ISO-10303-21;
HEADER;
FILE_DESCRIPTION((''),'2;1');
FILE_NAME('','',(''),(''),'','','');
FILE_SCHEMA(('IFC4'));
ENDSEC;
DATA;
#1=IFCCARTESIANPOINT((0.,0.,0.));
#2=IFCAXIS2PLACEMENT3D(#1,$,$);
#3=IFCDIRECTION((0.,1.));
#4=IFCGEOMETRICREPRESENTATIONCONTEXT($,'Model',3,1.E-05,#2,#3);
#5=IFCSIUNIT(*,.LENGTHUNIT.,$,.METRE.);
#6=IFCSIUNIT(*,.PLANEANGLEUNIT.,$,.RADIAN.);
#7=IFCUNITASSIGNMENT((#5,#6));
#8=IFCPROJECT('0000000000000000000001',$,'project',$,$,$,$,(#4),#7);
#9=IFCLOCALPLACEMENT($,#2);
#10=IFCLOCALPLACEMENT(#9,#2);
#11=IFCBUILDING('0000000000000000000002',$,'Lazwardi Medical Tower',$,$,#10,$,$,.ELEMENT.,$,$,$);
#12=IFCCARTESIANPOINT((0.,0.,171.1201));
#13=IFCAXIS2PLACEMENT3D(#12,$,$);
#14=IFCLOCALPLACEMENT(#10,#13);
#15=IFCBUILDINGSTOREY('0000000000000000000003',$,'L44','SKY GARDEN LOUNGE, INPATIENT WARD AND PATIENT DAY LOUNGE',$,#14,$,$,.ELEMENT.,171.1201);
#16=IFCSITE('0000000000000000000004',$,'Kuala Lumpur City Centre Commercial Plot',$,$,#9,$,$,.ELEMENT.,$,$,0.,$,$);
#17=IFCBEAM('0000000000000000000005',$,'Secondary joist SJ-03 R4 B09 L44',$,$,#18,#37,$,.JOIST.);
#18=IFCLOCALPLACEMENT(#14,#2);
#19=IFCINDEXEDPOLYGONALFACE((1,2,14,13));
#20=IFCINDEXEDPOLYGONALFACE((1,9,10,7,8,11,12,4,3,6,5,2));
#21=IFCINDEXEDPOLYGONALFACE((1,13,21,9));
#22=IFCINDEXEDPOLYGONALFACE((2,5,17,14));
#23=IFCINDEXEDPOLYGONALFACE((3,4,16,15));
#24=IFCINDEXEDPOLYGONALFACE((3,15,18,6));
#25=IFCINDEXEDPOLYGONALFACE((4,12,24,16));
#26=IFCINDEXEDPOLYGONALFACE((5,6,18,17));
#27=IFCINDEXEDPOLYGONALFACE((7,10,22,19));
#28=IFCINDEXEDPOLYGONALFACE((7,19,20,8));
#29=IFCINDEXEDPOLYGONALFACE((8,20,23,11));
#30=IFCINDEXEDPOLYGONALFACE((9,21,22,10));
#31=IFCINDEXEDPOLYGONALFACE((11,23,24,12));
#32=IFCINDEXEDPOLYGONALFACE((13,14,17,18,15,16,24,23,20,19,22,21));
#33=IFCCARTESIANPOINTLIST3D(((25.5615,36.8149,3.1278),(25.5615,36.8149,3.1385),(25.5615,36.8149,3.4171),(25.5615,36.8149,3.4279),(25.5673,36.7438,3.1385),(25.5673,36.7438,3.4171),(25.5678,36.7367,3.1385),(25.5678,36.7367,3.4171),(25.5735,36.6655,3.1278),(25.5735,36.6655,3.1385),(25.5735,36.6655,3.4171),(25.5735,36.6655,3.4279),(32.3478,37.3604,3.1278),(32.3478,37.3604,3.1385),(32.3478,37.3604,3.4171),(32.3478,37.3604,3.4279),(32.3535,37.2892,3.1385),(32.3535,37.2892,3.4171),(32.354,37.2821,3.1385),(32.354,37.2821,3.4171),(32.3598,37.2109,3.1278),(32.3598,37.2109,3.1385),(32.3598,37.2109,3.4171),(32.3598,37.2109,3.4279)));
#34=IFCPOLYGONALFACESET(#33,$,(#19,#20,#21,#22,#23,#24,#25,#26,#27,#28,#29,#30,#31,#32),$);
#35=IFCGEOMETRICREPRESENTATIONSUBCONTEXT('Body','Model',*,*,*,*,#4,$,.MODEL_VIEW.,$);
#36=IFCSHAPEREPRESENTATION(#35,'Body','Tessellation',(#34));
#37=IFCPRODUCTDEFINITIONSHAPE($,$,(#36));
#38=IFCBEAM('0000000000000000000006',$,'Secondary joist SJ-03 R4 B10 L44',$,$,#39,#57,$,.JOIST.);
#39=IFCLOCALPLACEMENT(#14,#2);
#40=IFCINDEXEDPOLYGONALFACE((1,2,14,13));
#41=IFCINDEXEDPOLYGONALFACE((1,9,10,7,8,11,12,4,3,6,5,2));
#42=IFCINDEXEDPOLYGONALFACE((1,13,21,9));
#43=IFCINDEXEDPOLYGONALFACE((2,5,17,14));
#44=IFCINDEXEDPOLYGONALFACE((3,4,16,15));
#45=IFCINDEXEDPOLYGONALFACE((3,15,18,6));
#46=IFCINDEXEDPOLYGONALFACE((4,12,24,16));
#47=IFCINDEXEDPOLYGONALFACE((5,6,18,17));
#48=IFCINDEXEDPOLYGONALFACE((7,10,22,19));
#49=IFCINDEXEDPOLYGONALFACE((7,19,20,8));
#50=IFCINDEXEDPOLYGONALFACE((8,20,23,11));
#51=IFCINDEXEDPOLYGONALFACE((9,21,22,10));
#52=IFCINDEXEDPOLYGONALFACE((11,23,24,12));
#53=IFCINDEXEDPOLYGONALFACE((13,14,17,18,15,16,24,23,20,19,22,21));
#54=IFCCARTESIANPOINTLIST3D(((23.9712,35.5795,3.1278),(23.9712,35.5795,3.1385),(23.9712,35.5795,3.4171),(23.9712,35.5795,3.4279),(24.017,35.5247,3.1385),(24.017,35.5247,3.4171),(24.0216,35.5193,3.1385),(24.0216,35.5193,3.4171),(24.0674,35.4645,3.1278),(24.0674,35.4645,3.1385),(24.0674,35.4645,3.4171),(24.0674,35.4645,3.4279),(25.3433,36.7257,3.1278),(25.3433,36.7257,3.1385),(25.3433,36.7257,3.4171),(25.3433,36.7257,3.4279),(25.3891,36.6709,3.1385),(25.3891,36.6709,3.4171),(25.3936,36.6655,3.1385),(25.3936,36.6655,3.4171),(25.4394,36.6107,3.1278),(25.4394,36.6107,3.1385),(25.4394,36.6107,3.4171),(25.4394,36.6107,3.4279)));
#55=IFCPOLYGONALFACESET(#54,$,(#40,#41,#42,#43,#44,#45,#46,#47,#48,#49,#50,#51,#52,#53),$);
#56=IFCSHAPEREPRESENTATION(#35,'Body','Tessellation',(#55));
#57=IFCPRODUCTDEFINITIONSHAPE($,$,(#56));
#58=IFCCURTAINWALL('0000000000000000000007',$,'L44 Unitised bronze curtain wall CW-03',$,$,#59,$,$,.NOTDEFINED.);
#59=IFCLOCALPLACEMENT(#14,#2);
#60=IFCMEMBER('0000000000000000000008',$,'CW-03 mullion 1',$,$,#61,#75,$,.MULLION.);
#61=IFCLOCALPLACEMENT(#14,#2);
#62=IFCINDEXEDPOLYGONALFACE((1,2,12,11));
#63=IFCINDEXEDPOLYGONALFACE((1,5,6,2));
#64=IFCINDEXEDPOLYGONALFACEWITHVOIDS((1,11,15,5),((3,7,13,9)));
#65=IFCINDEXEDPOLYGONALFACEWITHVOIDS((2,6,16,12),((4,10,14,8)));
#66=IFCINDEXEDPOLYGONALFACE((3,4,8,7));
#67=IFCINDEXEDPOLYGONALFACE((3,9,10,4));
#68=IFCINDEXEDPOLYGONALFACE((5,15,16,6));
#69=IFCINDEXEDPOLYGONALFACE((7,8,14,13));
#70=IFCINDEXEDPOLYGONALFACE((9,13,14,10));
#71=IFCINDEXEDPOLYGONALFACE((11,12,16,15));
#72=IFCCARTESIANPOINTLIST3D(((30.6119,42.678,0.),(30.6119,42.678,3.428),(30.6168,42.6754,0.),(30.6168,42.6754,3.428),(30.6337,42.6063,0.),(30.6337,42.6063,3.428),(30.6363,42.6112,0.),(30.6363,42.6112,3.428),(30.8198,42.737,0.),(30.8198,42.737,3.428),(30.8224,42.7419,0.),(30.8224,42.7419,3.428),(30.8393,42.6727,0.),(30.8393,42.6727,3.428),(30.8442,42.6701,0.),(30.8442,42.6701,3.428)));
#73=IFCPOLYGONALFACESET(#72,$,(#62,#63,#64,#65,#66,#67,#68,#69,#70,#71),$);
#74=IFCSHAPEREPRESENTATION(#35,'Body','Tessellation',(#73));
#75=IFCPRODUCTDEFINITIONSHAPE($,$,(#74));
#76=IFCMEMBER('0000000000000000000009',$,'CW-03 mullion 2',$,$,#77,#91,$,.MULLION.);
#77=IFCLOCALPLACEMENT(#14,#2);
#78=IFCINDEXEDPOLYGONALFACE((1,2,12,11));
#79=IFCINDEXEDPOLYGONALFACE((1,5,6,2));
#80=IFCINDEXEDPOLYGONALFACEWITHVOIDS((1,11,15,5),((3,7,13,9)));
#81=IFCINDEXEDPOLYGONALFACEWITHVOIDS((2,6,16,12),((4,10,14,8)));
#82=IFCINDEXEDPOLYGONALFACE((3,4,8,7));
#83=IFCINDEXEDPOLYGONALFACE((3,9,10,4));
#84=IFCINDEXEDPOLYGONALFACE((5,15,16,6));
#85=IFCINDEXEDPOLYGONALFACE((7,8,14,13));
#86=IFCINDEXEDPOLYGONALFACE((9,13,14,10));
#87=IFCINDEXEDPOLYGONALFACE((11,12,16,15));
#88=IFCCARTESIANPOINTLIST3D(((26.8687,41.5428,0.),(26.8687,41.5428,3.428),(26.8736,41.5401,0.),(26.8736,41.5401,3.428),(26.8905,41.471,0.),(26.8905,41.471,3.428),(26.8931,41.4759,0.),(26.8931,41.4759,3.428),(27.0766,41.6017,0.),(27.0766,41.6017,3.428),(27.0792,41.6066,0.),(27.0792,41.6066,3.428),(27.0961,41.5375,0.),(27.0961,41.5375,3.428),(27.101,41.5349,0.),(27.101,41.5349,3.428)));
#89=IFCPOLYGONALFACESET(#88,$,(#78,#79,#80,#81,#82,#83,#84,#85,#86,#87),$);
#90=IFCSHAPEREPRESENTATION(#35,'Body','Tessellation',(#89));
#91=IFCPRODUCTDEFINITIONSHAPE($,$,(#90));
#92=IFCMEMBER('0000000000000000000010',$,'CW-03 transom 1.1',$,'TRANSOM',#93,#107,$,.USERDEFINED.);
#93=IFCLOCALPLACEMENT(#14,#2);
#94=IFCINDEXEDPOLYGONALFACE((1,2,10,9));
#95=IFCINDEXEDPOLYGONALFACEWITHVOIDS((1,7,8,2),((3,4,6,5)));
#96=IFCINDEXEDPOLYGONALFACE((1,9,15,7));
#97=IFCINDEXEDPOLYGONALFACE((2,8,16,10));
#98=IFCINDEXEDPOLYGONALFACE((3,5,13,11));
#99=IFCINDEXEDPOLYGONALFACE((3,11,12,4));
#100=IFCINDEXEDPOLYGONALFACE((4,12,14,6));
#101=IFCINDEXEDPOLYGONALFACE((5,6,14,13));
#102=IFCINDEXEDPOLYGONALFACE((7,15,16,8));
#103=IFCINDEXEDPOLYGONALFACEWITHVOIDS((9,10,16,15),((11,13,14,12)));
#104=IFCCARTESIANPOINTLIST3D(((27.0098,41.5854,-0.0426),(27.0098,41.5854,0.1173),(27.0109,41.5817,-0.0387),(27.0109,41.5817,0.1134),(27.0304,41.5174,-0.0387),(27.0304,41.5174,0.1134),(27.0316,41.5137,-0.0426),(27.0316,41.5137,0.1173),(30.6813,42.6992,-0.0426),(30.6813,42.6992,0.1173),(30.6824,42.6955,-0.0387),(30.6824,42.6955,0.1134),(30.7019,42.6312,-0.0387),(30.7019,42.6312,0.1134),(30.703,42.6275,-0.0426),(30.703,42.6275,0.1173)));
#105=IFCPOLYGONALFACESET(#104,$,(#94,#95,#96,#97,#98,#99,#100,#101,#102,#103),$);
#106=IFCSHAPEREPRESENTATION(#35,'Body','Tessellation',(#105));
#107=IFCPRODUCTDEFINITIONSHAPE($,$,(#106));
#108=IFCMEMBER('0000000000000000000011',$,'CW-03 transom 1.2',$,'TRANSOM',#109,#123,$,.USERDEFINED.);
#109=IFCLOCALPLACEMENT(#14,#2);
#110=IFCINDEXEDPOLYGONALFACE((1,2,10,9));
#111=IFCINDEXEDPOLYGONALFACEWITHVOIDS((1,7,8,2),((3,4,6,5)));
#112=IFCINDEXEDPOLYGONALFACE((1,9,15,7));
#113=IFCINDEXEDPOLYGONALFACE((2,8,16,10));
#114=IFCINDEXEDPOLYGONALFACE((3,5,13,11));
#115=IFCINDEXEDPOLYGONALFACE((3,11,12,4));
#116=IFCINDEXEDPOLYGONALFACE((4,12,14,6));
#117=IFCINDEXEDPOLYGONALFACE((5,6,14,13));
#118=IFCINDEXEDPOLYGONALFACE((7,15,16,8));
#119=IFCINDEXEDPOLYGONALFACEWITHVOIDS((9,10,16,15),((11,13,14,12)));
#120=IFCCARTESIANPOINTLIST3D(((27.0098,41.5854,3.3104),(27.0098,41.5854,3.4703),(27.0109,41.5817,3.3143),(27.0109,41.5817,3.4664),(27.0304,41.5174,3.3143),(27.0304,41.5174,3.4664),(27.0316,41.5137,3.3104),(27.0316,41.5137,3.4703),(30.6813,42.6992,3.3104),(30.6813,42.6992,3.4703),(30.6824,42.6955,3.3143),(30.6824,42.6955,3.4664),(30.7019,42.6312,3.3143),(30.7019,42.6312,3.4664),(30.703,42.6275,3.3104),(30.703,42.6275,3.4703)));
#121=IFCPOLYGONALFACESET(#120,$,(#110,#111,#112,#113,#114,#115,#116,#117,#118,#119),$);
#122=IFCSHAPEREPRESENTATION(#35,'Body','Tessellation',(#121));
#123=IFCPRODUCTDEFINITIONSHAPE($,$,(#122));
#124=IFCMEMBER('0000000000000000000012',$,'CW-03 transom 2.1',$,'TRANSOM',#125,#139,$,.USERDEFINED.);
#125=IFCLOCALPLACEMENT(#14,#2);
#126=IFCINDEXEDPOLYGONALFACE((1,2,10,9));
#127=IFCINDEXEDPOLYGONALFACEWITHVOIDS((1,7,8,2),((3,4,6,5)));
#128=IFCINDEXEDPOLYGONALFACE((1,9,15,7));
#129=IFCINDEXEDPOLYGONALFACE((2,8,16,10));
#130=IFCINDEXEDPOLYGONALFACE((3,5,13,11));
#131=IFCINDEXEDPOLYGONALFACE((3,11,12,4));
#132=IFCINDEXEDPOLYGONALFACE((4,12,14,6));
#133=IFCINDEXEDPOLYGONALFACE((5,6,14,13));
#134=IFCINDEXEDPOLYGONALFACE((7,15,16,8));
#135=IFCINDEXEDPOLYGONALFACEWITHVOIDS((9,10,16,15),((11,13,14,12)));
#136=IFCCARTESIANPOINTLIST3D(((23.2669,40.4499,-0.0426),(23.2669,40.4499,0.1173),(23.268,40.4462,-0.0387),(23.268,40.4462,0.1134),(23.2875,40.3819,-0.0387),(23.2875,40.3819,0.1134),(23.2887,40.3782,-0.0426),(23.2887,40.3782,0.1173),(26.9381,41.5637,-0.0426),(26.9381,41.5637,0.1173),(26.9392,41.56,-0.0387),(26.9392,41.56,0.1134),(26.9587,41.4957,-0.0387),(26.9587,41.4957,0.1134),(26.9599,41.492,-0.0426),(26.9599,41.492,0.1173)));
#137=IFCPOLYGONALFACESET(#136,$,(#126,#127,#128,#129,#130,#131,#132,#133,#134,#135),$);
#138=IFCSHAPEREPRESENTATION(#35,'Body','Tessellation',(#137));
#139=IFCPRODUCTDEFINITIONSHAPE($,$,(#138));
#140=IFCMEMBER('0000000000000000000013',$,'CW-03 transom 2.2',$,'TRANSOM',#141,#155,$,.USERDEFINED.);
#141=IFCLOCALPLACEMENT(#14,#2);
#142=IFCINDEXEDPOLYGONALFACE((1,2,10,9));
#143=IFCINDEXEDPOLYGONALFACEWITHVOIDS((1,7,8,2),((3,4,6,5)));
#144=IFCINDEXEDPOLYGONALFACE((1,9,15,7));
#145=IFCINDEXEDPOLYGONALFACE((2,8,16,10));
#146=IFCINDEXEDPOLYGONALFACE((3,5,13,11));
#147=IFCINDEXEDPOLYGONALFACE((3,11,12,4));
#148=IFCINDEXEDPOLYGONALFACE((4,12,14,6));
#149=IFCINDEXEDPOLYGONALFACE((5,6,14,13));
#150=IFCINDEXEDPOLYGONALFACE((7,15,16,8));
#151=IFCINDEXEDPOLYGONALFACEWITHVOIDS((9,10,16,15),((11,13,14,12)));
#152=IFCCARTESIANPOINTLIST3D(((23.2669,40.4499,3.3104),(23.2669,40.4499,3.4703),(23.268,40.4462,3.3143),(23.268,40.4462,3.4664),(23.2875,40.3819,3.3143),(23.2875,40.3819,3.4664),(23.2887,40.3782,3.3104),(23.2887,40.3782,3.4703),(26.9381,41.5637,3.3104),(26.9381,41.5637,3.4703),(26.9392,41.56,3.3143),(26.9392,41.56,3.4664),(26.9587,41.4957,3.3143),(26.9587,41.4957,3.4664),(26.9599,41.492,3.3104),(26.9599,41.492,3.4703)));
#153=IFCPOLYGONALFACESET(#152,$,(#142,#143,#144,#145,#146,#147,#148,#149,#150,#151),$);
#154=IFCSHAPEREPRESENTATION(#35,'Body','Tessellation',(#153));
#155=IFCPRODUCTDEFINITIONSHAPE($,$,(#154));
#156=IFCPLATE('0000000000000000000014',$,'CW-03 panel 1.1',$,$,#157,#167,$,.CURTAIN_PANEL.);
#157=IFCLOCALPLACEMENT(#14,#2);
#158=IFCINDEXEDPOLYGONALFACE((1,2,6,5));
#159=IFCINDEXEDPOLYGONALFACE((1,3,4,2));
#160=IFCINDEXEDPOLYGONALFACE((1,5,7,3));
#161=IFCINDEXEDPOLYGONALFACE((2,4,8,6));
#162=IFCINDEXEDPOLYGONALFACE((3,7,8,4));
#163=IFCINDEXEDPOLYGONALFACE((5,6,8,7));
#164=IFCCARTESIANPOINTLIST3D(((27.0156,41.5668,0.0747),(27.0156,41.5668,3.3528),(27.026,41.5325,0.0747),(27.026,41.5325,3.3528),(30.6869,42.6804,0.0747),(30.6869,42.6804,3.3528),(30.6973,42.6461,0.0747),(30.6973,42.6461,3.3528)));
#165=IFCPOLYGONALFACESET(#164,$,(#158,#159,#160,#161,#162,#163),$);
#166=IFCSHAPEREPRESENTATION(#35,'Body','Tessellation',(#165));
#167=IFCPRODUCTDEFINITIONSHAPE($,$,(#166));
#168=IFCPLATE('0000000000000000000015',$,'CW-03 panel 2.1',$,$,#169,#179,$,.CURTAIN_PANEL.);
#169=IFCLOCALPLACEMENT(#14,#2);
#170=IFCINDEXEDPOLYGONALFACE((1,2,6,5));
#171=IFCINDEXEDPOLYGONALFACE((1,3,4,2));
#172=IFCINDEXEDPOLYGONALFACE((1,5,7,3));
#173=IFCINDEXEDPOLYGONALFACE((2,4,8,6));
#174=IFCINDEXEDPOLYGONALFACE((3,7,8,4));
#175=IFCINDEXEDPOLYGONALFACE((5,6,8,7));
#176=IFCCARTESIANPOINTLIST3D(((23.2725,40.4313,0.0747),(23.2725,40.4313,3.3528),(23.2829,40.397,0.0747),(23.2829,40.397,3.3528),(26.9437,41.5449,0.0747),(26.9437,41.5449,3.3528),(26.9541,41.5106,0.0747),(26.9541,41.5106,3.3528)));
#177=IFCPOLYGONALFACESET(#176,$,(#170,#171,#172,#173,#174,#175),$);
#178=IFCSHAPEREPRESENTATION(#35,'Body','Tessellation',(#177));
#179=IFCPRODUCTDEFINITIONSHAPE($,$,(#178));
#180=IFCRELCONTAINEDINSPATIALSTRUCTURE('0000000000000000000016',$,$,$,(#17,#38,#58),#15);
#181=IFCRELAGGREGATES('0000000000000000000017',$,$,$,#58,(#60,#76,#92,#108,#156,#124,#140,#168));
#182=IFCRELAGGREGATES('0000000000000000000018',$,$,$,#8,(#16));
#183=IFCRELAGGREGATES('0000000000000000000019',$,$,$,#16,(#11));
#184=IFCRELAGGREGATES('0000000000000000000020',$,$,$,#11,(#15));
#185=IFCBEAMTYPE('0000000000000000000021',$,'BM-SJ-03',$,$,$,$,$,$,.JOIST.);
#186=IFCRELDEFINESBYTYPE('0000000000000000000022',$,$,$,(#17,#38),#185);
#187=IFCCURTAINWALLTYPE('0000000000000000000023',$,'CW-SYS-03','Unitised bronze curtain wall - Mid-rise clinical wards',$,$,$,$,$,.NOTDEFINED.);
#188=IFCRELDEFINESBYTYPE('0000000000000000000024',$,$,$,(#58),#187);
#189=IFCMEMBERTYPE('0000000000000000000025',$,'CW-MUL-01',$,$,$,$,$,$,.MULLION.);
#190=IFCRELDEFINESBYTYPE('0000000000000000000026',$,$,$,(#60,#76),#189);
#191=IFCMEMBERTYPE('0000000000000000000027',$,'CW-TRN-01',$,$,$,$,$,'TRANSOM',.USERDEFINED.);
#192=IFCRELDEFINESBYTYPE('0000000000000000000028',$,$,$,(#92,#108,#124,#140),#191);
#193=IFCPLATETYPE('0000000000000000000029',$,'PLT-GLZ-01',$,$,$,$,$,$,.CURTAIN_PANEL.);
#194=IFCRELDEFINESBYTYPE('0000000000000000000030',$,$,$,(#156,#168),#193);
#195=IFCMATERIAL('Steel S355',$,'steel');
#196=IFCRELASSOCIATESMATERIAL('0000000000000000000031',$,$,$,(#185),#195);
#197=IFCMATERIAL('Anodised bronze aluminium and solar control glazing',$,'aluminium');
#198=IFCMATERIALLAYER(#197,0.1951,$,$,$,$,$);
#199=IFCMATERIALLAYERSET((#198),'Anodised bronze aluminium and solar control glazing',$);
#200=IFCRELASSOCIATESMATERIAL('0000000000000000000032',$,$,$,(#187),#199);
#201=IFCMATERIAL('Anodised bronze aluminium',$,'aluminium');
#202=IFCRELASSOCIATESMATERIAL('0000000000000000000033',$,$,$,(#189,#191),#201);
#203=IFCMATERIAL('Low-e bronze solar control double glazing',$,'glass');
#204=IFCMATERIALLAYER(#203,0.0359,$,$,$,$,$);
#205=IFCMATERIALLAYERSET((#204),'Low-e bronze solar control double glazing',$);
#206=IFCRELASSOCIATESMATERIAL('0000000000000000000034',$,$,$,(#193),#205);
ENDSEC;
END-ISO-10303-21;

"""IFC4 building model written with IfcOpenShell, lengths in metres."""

from ifc_helpers import new_model, si_unit, direction, frame, origin, origin_2d, place, context, subcontext, project, spatial, rectangle, hollow_rectangle, i_section, extrude, material, layer, layer_set, material_profile, profile_set, type_object, element, aggregate, save


model = new_model("IFC4")

# Units and contexts
model_context = context("Model", 3, precision=1e-05, world=origin(), true_north=direction((0.0, 1.0)))
body_context = subcontext(model_context, "Body", "Model", "MODEL_VIEW")
ifc_project = project(units=[si_unit("LENGTHUNIT", "METRE"), si_unit("PLANEANGLEUNIT", "RADIAN")], contexts=[model_context])

# Site, building, storey
site_placement = place(None, origin())
site = spatial("IfcSite", under=ifc_project, at=site_placement, Name="Kuala Lumpur City Centre Commercial Plot", CompositionType="ELEMENT", RefElevation=0.0)
building_placement = place(site_placement, origin())
building = spatial("IfcBuilding", under=site, at=building_placement, Name="Lazwardi Medical Tower", CompositionType="ELEMENT")
storey_placement = place(building_placement, frame((0.0, 0.0, 171.1201)))
storey = spatial("IfcBuildingStorey", under=building, at=storey_placement, Name="L44", Description="SKY GARDEN LOUNGE, INPATIENT WARD AND PATIENT DAY LOUNGE", CompositionType="ELEMENT", Elevation=171.1201)

# Beams
ifc_material_1 = material(Name="Steel S355", Category="steel")
ifc_material_profile_1 = material_profile(ifc_material_1, i_section(OverallWidth=0.1499, OverallDepth=0.3, WebThickness=0.0071, FlangeThickness=0.0107, at=origin_2d()), Name="IPE 300")
ifc_profile_set_1 = profile_set([ifc_material_profile_1], Name="Steel S355")
beam_type_1 = type_object("IfcBeamType", Name="BM-SJ-03", PredefinedType="JOIST", material=ifc_profile_set_1)
beam_1_placement = place(storey_placement, frame((32.3538, 37.2856, 3.2778), z_axis=(-0.996786, -0.080113, 0.0), x_axis=(0.080113, -0.996786, 0.0)))
element("IfcBeam", 1, at=beam_1_placement, inside=storey, type_object=beam_type_1, Name="Secondary joist SJ-03 R4 B09 L44", PredefinedType="JOIST", context=body_context, shape_type="SweptSolid", body=[
    extrude(i_section(OverallWidth=0.1499, OverallDepth=0.3, WebThickness=0.0071, FlangeThickness=0.0107, at=origin_2d()), origin(), (0.0, 0.0, 1.0), 6.8081),
])
beam_2_placement = place(storey_placement, frame((25.3914, 36.6682, 3.2778), z_axis=(-0.767437, -0.641124, 0.0), x_axis=(0.641124, -0.767437, 0.0)))
element("IfcBeam", 2, at=beam_2_placement, inside=storey, type_object=beam_type_1, Name="Secondary joist SJ-03 R4 B10 L44", PredefinedType="JOIST", context=body_context, shape_type="SweptSolid", body=[
    extrude(i_section(OverallWidth=0.1499, OverallDepth=0.3, WebThickness=0.0071, FlangeThickness=0.0107, at=origin_2d()), origin(), (0.0, 0.0, 1.0), 1.7878),
])

# Curtain wall, members, plates
ifc_material_2 = material(Name="Anodised bronze aluminium and solar control glazing", Category="aluminium")
ifc_layer_1 = layer(ifc_material_2, 0.1951)
ifc_layer_set_1 = layer_set([ifc_layer_1], Name="Anodised bronze aluminium and solar control glazing")
curtain_wall_type = type_object("IfcCurtainWallType", Name="CW-SYS-03", Description="Unitised bronze curtain wall - Mid-rise clinical wards", PredefinedType="NOTDEFINED", material=ifc_layer_set_1)
curtain_wall_placement = place(storey_placement, origin())
curtain_wall = element("IfcCurtainWall", 3, at=curtain_wall_placement, inside=storey, type_object=curtain_wall_type, Name="L44 Unitised bronze curtain wall CW-03", PredefinedType="NOTDEFINED")
ifc_material_3 = material(Name="Anodised bronze aluminium", Category="aluminium")
ifc_material_profile_2 = material_profile(ifc_material_3, hollow_rectangle(XDim=0.075, YDim=0.22, WallThickness=0.0039, at=origin_2d()), Name="ALU-MULLION 220x75x4")
ifc_profile_set_2 = profile_set([ifc_material_profile_2], Name="Anodised bronze aluminium")
member_type_1 = type_object("IfcMemberType", Name="CW-MUL-01", PredefinedType="MULLION", material=ifc_profile_set_2)
member_1_placement = place(storey_placement, frame((30.728, 42.6741, 0.0), z_axis=(0.0, 0.0, 1.0), x_axis=(0.290281, -0.956942, 0.0)))
member_1 = element("IfcMember", 4, at=member_1_placement, type_object=member_type_1, Name="CW-03 mullion 1", PredefinedType="MULLION", context=body_context, shape_type="SweptSolid", body=[
    extrude(hollow_rectangle(XDim=0.075, YDim=0.22, WallThickness=0.0039, at=origin_2d()), origin(), (0.0, 0.0, 1.0), 3.428),
])
member_2_placement = place(storey_placement, frame((26.9849, 41.5388, 0.0), z_axis=(0.0, 0.0, 1.0), x_axis=(0.290281, -0.956942, 0.0)))
member_2 = element("IfcMember", 5, at=member_2_placement, type_object=member_type_1, Name="CW-03 mullion 2", PredefinedType="MULLION", context=body_context, shape_type="SweptSolid", body=[
    extrude(hollow_rectangle(XDim=0.075, YDim=0.22, WallThickness=0.0039, at=origin_2d()), origin(), (0.0, 0.0, 1.0), 3.428),
])
ifc_material_profile_3 = material_profile(ifc_material_3, hollow_rectangle(XDim=0.075, YDim=0.1599, WallThickness=0.0039, at=origin_2d()), Name="ALU-TRANSOM 160x75x4")
ifc_profile_set_3 = profile_set([ifc_material_profile_3], Name="Anodised bronze aluminium")
member_type_2 = type_object("IfcMemberType", Name="CW-TRN-01", ElementType="TRANSOM", PredefinedType="USERDEFINED", material=ifc_profile_set_3)
member_3_placement = place(storey_placement, frame((30.6921, 42.6633, 0.0374), z_axis=(-0.956936, -0.290301, 0.0), x_axis=(0.290301, -0.956936, 0.0)))
member_3 = element("IfcMember", 6, at=member_3_placement, type_object=member_type_2, Name="CW-03 transom 1.1", ObjectType="TRANSOM", PredefinedType="USERDEFINED", context=body_context, shape_type="SweptSolid", body=[
    extrude(hollow_rectangle(XDim=0.075, YDim=0.1599, WallThickness=0.0039, at=origin_2d()), origin(), (0.0, 0.0, 1.0), 3.8367),
])
member_4_placement = place(storey_placement, frame((30.6921, 42.6633, 3.3904), z_axis=(-0.956936, -0.290301, 0.0), x_axis=(0.290301, -0.956936, 0.0)))
member_4 = element("IfcMember", 7, at=member_4_placement, type_object=member_type_2, Name="CW-03 transom 1.2", ObjectType="TRANSOM", PredefinedType="USERDEFINED", context=body_context, shape_type="SweptSolid", body=[
    extrude(hollow_rectangle(XDim=0.075, YDim=0.1599, WallThickness=0.0039, at=origin_2d()), origin(), (0.0, 0.0, 1.0), 3.8367),
])
member_5_placement = place(storey_placement, frame((26.949, 41.5278, 0.0374), z_axis=(-0.95693, -0.290318, 0.0), x_axis=(0.290318, -0.95693, 0.0)))
member_5 = element("IfcMember", 8, at=member_5_placement, type_object=member_type_2, Name="CW-03 transom 2.1", ObjectType="TRANSOM", PredefinedType="USERDEFINED", context=body_context, shape_type="SweptSolid", body=[
    extrude(hollow_rectangle(XDim=0.075, YDim=0.1599, WallThickness=0.0039, at=origin_2d()), origin(), (0.0, 0.0, 1.0), 3.8364),
])
member_6_placement = place(storey_placement, frame((26.949, 41.5278, 3.3904), z_axis=(-0.95693, -0.290318, 0.0), x_axis=(0.290318, -0.95693, 0.0)))
member_6 = element("IfcMember", 9, at=member_6_placement, type_object=member_type_2, Name="CW-03 transom 2.2", ObjectType="TRANSOM", PredefinedType="USERDEFINED", context=body_context, shape_type="SweptSolid", body=[
    extrude(hollow_rectangle(XDim=0.075, YDim=0.1599, WallThickness=0.0039, at=origin_2d()), origin(), (0.0, 0.0, 1.0), 3.8364),
])
ifc_material_4 = material(Name="Low-e bronze solar control double glazing", Category="glass")
ifc_layer_2 = layer(ifc_material_4, 0.0359)
ifc_layer_set_2 = layer_set([ifc_layer_2], Name="Low-e bronze solar control double glazing")
plate_type = type_object("IfcPlateType", Name="PLT-GLZ-01", PredefinedType="CURTAIN_PANEL", material=ifc_layer_set_2)
plate_1_placement = place(storey_placement, frame((28.8564, 42.1064, 0.0747), z_axis=(0.0, 0.0, 1.0), x_axis=(-0.956942, -0.290281, 0.0)))
plate_1 = element("IfcPlate", 10, at=plate_1_placement, type_object=plate_type, Name="CW-03 panel 1.1", PredefinedType="CURTAIN_PANEL", context=body_context, shape_type="SweptSolid", body=[
    extrude(rectangle(XDim=3.8364, YDim=0.0359, at=origin_2d()), origin(), (0.0, 0.0, 1.0), 3.2781),
])
plate_2_placement = place(storey_placement, frame((25.1133, 40.9709, 0.0747), z_axis=(0.0, 0.0, 1.0), x_axis=(-0.956942, -0.290281, 0.0)))
plate_2 = element("IfcPlate", 11, at=plate_2_placement, type_object=plate_type, Name="CW-03 panel 2.1", PredefinedType="CURTAIN_PANEL", context=body_context, shape_type="SweptSolid", body=[
    extrude(rectangle(XDim=3.8364, YDim=0.0359, at=origin_2d()), origin(), (0.0, 0.0, 1.0), 3.2781),
])
aggregate(curtain_wall, [member_1, member_2, member_3, member_4, plate_1, member_5, member_6, plate_2])

save(model, "model.ifc")
